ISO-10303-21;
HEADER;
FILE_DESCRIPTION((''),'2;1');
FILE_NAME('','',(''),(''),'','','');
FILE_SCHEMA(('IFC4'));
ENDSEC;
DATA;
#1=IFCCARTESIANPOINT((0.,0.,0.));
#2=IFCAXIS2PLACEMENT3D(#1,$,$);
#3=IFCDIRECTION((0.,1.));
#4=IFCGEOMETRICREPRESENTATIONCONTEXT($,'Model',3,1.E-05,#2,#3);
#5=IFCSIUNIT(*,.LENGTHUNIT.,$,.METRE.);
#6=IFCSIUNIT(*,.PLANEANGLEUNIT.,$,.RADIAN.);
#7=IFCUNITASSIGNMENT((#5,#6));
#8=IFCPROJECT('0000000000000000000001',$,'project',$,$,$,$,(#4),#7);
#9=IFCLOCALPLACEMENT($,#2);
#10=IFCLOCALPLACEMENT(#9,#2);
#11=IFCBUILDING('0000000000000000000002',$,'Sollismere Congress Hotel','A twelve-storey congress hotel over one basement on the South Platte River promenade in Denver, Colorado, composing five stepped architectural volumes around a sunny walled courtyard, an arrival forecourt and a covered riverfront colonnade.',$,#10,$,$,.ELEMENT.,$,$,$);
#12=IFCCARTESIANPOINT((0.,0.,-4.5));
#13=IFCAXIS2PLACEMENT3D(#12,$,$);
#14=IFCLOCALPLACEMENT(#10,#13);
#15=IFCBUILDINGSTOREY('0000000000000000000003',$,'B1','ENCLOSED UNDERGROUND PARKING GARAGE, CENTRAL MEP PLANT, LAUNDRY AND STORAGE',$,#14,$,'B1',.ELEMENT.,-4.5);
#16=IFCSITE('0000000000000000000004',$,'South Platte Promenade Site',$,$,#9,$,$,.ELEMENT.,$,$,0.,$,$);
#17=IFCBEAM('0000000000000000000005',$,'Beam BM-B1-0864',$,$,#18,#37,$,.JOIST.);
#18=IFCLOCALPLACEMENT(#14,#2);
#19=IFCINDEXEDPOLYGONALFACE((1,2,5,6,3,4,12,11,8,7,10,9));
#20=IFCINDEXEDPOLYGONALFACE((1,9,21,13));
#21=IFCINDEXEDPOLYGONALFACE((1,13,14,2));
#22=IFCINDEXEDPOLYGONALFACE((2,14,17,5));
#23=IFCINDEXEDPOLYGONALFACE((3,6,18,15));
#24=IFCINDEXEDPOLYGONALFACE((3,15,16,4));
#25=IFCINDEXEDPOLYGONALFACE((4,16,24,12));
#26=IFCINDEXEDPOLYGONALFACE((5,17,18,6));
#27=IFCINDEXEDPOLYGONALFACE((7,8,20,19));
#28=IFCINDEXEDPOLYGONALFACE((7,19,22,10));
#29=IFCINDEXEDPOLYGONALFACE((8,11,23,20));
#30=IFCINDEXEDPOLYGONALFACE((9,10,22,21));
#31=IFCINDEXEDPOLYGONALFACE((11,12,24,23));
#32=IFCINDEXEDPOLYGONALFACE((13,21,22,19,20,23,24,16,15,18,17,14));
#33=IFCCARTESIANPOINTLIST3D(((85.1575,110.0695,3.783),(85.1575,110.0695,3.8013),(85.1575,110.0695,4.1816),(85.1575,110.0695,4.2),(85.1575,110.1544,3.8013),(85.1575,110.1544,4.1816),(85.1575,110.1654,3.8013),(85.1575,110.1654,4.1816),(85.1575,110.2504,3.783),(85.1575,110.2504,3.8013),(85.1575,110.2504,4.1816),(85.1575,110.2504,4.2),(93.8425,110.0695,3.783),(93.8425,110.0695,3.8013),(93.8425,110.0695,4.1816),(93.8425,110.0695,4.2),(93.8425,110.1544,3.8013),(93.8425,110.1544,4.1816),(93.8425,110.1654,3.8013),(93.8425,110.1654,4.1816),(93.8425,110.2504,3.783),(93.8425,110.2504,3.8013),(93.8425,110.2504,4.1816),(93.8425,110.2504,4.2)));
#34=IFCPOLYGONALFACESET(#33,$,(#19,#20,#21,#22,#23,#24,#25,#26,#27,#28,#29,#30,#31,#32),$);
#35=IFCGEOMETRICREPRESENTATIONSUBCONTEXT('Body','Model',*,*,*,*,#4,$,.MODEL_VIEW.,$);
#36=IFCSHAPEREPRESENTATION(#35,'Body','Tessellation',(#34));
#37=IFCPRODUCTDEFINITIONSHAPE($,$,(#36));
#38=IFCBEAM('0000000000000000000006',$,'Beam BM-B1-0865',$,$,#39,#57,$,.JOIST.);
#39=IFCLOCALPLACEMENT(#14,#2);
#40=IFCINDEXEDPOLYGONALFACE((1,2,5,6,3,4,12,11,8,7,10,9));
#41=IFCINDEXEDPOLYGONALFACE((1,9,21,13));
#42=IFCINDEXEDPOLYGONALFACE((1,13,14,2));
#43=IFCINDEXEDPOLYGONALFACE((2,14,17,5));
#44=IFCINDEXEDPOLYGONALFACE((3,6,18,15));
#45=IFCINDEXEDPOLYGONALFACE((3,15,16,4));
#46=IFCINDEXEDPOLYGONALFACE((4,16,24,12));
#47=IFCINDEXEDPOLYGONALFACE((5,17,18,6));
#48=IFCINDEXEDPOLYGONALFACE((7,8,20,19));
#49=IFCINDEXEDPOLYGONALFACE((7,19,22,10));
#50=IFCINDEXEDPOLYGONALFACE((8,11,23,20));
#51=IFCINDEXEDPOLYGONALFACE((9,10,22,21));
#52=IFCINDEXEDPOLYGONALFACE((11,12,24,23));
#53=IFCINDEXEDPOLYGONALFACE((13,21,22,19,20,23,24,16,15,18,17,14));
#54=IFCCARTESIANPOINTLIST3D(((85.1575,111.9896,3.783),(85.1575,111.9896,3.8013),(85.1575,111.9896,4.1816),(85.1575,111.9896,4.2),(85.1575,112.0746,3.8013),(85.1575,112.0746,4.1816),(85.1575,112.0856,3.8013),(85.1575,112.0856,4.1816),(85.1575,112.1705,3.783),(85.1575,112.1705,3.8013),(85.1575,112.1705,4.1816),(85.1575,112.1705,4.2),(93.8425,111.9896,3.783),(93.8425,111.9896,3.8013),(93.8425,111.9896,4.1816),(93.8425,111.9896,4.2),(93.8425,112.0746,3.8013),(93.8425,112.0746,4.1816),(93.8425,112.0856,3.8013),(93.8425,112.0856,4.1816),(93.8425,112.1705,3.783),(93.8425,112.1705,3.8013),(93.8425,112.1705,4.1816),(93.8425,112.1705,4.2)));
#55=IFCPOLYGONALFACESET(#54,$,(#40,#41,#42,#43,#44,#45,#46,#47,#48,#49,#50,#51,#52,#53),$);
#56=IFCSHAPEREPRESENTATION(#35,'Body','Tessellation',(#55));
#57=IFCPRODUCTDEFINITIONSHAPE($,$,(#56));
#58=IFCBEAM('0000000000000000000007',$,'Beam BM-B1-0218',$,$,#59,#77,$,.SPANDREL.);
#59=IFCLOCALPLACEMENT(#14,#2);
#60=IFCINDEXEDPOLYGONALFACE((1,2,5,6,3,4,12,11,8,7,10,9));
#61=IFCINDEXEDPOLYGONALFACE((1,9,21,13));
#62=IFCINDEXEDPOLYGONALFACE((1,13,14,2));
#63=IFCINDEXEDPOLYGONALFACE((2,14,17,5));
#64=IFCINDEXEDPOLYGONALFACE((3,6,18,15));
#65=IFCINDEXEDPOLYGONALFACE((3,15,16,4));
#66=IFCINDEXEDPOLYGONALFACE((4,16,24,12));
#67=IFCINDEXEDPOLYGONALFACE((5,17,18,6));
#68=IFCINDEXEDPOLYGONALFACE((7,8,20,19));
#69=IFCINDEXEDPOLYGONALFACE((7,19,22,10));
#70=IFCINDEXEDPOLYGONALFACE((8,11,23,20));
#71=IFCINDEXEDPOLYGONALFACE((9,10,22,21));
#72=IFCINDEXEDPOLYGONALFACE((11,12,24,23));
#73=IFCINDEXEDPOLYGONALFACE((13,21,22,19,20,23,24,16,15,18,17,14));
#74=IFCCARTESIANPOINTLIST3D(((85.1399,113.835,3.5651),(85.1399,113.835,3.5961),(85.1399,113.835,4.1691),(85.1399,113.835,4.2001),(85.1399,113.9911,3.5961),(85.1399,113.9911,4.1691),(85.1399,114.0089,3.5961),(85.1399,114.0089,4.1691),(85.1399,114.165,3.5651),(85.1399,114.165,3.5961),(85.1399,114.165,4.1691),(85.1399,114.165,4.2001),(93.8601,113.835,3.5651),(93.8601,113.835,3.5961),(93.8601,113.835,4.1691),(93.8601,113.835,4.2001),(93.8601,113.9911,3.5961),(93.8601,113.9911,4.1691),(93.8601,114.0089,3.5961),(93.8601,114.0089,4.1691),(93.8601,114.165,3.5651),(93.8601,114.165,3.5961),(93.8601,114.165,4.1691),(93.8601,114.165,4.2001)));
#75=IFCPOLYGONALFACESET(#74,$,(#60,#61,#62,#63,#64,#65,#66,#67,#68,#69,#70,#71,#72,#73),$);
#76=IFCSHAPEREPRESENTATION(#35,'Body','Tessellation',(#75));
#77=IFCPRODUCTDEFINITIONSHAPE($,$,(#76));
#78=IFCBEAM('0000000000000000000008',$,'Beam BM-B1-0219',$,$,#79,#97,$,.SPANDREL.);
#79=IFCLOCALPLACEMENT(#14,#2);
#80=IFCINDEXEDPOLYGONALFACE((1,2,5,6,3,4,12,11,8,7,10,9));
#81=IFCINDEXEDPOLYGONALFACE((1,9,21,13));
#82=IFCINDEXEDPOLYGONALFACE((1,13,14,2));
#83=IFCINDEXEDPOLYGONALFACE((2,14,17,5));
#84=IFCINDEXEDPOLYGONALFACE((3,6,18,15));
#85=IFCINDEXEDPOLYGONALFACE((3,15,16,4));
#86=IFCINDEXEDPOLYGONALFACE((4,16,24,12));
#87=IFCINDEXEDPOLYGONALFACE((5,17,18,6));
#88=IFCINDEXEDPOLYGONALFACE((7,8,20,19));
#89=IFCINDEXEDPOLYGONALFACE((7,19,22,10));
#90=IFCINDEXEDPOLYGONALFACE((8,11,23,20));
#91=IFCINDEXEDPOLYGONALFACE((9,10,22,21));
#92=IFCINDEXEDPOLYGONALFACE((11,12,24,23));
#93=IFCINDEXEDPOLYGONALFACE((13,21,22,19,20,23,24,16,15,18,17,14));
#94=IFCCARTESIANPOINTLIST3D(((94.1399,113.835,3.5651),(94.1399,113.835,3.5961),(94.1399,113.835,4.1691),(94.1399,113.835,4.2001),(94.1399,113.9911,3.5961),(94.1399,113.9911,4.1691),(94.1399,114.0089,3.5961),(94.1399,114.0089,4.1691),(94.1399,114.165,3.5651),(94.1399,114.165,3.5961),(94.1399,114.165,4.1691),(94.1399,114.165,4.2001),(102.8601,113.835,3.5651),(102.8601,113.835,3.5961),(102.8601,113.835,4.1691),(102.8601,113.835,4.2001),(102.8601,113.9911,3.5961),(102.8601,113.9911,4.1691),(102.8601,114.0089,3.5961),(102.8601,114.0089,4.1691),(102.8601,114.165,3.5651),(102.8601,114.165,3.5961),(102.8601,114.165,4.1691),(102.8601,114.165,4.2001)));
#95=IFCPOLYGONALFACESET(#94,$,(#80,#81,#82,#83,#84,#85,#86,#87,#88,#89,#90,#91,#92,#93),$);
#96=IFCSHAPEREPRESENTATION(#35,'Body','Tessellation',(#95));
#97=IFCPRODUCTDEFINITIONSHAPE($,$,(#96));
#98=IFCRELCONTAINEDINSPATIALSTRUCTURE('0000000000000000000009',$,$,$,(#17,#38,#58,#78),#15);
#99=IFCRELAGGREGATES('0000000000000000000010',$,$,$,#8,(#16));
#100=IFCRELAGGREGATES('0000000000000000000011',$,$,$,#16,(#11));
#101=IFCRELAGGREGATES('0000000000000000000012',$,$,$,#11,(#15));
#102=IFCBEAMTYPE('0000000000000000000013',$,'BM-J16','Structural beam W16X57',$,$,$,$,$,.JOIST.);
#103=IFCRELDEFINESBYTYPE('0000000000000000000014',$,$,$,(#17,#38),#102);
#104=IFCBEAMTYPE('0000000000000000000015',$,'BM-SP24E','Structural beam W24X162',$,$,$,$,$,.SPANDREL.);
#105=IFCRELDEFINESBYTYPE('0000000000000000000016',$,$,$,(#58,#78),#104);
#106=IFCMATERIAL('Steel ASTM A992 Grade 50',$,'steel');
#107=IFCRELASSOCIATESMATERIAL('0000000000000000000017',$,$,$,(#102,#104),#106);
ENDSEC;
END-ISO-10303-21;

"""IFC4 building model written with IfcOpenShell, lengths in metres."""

from ifc_helpers import new_model, si_unit, direction, frame, origin, origin_2d, place, context, subcontext, project, spatial, i_section, extrude, material, material_profile, profile_set, type_object, element, save


model = new_model("IFC4")

# Units and contexts
model_context = context("Model", 3, precision=1e-05, world=origin(), true_north=direction((0.0, 1.0)))
body_context = subcontext(model_context, "Body", "Model", "MODEL_VIEW")
ifc_project = project(units=[si_unit("LENGTHUNIT", "METRE"), si_unit("PLANEANGLEUNIT", "RADIAN")], contexts=[model_context])

# Site, building, storey
site_placement = place(None, origin())
site = spatial("IfcSite", under=ifc_project, at=site_placement, Name="South Platte Promenade Site", CompositionType="ELEMENT", RefElevation=0.0)
building_placement = place(site_placement, origin())
building = spatial("IfcBuilding", under=site, at=building_placement, Name="Sollismere Congress Hotel", Description="A twelve-storey congress hotel over one basement on the South Platte River promenade in Denver, Colorado, composing five stepped architectural volumes around a sunny walled courtyard, an arrival forecourt and a covered riverfront colonnade.", CompositionType="ELEMENT")
storey_placement = place(building_placement, frame((0.0, 0.0, -4.5)))
storey = spatial("IfcBuildingStorey", under=building, at=storey_placement, Name="B1", Description="ENCLOSED UNDERGROUND PARKING GARAGE, CENTRAL MEP PLANT, LAUNDRY AND STORAGE", LongName="B1", CompositionType="ELEMENT", Elevation=-4.5)

# Beams
ifc_material_1 = material(Name="Steel ASTM A992 Grade 50", Category="steel")
ifc_material_profile_1 = material_profile(ifc_material_1, i_section(OverallWidth=0.1809, OverallDepth=0.417, WebThickness=0.011, FlangeThickness=0.0183, at=origin_2d()), Name="W16X57")
ifc_profile_set_1 = profile_set([ifc_material_profile_1], Name="Steel ASTM A992 Grade 50")
beam_type_1 = type_object("IfcBeamType", Name="BM-J16", Description="Structural beam W16X57", PredefinedType="JOIST", material=ifc_profile_set_1)
for number, where, z_axis, x_axis, name in (
    (1, (85.1575, 110.1599, 3.9915), (1.0, 0.0, 0.0), (0.0, 1.0, 0.0), "Beam BM-B1-0864"),
    (2, (85.1575, 112.0801, 3.9915), (1.0, 0.0, 0.0), (0.0, 1.0, 0.0), "Beam BM-B1-0865"),
):
    element("IfcBeam", number, at=place(storey_placement, frame(where, z_axis=z_axis, x_axis=x_axis)), inside=storey, type_object=beam_type_1, Name=name, PredefinedType="JOIST", context=body_context, shape_type="SweptSolid", body=[
        extrude(i_section(OverallWidth=0.1809, OverallDepth=0.417, WebThickness=0.011, FlangeThickness=0.0183, at=origin_2d()), origin(), (0.0, 0.0, 1.0), 8.6851),
    ])
ifc_material_profile_2 = material_profile(ifc_material_1, i_section(OverallWidth=0.3301, OverallDepth=0.635, WebThickness=0.0178, FlangeThickness=0.031, at=origin_2d()), Name="W24X162")
ifc_profile_set_2 = profile_set([ifc_material_profile_2], Name="Steel ASTM A992 Grade 50")
beam_type_2 = type_object("IfcBeamType", Name="BM-SP24E", Description="Structural beam W24X162", PredefinedType="SPANDREL", material=ifc_profile_set_2)
for number, where, z_axis, x_axis, name in (
    (3, (85.1399, 114.0, 3.8826), (1.0, 0.0, 0.0), (0.0, 1.0, 0.0), "Beam BM-B1-0218"),
    (4, (94.1399, 114.0, 3.8826), (1.0, 0.0, 0.0), (0.0, 1.0, 0.0), "Beam BM-B1-0219"),
):
    element("IfcBeam", number, at=place(storey_placement, frame(where, z_axis=z_axis, x_axis=x_axis)), inside=storey, type_object=beam_type_2, Name=name, PredefinedType="SPANDREL", context=body_context, shape_type="SweptSolid", body=[
        extrude(i_section(OverallWidth=0.3301, OverallDepth=0.635, WebThickness=0.0178, FlangeThickness=0.031, at=origin_2d()), origin(), (0.0, 0.0, 1.0), 8.7202),
    ])

save(model, "model.ifc")
